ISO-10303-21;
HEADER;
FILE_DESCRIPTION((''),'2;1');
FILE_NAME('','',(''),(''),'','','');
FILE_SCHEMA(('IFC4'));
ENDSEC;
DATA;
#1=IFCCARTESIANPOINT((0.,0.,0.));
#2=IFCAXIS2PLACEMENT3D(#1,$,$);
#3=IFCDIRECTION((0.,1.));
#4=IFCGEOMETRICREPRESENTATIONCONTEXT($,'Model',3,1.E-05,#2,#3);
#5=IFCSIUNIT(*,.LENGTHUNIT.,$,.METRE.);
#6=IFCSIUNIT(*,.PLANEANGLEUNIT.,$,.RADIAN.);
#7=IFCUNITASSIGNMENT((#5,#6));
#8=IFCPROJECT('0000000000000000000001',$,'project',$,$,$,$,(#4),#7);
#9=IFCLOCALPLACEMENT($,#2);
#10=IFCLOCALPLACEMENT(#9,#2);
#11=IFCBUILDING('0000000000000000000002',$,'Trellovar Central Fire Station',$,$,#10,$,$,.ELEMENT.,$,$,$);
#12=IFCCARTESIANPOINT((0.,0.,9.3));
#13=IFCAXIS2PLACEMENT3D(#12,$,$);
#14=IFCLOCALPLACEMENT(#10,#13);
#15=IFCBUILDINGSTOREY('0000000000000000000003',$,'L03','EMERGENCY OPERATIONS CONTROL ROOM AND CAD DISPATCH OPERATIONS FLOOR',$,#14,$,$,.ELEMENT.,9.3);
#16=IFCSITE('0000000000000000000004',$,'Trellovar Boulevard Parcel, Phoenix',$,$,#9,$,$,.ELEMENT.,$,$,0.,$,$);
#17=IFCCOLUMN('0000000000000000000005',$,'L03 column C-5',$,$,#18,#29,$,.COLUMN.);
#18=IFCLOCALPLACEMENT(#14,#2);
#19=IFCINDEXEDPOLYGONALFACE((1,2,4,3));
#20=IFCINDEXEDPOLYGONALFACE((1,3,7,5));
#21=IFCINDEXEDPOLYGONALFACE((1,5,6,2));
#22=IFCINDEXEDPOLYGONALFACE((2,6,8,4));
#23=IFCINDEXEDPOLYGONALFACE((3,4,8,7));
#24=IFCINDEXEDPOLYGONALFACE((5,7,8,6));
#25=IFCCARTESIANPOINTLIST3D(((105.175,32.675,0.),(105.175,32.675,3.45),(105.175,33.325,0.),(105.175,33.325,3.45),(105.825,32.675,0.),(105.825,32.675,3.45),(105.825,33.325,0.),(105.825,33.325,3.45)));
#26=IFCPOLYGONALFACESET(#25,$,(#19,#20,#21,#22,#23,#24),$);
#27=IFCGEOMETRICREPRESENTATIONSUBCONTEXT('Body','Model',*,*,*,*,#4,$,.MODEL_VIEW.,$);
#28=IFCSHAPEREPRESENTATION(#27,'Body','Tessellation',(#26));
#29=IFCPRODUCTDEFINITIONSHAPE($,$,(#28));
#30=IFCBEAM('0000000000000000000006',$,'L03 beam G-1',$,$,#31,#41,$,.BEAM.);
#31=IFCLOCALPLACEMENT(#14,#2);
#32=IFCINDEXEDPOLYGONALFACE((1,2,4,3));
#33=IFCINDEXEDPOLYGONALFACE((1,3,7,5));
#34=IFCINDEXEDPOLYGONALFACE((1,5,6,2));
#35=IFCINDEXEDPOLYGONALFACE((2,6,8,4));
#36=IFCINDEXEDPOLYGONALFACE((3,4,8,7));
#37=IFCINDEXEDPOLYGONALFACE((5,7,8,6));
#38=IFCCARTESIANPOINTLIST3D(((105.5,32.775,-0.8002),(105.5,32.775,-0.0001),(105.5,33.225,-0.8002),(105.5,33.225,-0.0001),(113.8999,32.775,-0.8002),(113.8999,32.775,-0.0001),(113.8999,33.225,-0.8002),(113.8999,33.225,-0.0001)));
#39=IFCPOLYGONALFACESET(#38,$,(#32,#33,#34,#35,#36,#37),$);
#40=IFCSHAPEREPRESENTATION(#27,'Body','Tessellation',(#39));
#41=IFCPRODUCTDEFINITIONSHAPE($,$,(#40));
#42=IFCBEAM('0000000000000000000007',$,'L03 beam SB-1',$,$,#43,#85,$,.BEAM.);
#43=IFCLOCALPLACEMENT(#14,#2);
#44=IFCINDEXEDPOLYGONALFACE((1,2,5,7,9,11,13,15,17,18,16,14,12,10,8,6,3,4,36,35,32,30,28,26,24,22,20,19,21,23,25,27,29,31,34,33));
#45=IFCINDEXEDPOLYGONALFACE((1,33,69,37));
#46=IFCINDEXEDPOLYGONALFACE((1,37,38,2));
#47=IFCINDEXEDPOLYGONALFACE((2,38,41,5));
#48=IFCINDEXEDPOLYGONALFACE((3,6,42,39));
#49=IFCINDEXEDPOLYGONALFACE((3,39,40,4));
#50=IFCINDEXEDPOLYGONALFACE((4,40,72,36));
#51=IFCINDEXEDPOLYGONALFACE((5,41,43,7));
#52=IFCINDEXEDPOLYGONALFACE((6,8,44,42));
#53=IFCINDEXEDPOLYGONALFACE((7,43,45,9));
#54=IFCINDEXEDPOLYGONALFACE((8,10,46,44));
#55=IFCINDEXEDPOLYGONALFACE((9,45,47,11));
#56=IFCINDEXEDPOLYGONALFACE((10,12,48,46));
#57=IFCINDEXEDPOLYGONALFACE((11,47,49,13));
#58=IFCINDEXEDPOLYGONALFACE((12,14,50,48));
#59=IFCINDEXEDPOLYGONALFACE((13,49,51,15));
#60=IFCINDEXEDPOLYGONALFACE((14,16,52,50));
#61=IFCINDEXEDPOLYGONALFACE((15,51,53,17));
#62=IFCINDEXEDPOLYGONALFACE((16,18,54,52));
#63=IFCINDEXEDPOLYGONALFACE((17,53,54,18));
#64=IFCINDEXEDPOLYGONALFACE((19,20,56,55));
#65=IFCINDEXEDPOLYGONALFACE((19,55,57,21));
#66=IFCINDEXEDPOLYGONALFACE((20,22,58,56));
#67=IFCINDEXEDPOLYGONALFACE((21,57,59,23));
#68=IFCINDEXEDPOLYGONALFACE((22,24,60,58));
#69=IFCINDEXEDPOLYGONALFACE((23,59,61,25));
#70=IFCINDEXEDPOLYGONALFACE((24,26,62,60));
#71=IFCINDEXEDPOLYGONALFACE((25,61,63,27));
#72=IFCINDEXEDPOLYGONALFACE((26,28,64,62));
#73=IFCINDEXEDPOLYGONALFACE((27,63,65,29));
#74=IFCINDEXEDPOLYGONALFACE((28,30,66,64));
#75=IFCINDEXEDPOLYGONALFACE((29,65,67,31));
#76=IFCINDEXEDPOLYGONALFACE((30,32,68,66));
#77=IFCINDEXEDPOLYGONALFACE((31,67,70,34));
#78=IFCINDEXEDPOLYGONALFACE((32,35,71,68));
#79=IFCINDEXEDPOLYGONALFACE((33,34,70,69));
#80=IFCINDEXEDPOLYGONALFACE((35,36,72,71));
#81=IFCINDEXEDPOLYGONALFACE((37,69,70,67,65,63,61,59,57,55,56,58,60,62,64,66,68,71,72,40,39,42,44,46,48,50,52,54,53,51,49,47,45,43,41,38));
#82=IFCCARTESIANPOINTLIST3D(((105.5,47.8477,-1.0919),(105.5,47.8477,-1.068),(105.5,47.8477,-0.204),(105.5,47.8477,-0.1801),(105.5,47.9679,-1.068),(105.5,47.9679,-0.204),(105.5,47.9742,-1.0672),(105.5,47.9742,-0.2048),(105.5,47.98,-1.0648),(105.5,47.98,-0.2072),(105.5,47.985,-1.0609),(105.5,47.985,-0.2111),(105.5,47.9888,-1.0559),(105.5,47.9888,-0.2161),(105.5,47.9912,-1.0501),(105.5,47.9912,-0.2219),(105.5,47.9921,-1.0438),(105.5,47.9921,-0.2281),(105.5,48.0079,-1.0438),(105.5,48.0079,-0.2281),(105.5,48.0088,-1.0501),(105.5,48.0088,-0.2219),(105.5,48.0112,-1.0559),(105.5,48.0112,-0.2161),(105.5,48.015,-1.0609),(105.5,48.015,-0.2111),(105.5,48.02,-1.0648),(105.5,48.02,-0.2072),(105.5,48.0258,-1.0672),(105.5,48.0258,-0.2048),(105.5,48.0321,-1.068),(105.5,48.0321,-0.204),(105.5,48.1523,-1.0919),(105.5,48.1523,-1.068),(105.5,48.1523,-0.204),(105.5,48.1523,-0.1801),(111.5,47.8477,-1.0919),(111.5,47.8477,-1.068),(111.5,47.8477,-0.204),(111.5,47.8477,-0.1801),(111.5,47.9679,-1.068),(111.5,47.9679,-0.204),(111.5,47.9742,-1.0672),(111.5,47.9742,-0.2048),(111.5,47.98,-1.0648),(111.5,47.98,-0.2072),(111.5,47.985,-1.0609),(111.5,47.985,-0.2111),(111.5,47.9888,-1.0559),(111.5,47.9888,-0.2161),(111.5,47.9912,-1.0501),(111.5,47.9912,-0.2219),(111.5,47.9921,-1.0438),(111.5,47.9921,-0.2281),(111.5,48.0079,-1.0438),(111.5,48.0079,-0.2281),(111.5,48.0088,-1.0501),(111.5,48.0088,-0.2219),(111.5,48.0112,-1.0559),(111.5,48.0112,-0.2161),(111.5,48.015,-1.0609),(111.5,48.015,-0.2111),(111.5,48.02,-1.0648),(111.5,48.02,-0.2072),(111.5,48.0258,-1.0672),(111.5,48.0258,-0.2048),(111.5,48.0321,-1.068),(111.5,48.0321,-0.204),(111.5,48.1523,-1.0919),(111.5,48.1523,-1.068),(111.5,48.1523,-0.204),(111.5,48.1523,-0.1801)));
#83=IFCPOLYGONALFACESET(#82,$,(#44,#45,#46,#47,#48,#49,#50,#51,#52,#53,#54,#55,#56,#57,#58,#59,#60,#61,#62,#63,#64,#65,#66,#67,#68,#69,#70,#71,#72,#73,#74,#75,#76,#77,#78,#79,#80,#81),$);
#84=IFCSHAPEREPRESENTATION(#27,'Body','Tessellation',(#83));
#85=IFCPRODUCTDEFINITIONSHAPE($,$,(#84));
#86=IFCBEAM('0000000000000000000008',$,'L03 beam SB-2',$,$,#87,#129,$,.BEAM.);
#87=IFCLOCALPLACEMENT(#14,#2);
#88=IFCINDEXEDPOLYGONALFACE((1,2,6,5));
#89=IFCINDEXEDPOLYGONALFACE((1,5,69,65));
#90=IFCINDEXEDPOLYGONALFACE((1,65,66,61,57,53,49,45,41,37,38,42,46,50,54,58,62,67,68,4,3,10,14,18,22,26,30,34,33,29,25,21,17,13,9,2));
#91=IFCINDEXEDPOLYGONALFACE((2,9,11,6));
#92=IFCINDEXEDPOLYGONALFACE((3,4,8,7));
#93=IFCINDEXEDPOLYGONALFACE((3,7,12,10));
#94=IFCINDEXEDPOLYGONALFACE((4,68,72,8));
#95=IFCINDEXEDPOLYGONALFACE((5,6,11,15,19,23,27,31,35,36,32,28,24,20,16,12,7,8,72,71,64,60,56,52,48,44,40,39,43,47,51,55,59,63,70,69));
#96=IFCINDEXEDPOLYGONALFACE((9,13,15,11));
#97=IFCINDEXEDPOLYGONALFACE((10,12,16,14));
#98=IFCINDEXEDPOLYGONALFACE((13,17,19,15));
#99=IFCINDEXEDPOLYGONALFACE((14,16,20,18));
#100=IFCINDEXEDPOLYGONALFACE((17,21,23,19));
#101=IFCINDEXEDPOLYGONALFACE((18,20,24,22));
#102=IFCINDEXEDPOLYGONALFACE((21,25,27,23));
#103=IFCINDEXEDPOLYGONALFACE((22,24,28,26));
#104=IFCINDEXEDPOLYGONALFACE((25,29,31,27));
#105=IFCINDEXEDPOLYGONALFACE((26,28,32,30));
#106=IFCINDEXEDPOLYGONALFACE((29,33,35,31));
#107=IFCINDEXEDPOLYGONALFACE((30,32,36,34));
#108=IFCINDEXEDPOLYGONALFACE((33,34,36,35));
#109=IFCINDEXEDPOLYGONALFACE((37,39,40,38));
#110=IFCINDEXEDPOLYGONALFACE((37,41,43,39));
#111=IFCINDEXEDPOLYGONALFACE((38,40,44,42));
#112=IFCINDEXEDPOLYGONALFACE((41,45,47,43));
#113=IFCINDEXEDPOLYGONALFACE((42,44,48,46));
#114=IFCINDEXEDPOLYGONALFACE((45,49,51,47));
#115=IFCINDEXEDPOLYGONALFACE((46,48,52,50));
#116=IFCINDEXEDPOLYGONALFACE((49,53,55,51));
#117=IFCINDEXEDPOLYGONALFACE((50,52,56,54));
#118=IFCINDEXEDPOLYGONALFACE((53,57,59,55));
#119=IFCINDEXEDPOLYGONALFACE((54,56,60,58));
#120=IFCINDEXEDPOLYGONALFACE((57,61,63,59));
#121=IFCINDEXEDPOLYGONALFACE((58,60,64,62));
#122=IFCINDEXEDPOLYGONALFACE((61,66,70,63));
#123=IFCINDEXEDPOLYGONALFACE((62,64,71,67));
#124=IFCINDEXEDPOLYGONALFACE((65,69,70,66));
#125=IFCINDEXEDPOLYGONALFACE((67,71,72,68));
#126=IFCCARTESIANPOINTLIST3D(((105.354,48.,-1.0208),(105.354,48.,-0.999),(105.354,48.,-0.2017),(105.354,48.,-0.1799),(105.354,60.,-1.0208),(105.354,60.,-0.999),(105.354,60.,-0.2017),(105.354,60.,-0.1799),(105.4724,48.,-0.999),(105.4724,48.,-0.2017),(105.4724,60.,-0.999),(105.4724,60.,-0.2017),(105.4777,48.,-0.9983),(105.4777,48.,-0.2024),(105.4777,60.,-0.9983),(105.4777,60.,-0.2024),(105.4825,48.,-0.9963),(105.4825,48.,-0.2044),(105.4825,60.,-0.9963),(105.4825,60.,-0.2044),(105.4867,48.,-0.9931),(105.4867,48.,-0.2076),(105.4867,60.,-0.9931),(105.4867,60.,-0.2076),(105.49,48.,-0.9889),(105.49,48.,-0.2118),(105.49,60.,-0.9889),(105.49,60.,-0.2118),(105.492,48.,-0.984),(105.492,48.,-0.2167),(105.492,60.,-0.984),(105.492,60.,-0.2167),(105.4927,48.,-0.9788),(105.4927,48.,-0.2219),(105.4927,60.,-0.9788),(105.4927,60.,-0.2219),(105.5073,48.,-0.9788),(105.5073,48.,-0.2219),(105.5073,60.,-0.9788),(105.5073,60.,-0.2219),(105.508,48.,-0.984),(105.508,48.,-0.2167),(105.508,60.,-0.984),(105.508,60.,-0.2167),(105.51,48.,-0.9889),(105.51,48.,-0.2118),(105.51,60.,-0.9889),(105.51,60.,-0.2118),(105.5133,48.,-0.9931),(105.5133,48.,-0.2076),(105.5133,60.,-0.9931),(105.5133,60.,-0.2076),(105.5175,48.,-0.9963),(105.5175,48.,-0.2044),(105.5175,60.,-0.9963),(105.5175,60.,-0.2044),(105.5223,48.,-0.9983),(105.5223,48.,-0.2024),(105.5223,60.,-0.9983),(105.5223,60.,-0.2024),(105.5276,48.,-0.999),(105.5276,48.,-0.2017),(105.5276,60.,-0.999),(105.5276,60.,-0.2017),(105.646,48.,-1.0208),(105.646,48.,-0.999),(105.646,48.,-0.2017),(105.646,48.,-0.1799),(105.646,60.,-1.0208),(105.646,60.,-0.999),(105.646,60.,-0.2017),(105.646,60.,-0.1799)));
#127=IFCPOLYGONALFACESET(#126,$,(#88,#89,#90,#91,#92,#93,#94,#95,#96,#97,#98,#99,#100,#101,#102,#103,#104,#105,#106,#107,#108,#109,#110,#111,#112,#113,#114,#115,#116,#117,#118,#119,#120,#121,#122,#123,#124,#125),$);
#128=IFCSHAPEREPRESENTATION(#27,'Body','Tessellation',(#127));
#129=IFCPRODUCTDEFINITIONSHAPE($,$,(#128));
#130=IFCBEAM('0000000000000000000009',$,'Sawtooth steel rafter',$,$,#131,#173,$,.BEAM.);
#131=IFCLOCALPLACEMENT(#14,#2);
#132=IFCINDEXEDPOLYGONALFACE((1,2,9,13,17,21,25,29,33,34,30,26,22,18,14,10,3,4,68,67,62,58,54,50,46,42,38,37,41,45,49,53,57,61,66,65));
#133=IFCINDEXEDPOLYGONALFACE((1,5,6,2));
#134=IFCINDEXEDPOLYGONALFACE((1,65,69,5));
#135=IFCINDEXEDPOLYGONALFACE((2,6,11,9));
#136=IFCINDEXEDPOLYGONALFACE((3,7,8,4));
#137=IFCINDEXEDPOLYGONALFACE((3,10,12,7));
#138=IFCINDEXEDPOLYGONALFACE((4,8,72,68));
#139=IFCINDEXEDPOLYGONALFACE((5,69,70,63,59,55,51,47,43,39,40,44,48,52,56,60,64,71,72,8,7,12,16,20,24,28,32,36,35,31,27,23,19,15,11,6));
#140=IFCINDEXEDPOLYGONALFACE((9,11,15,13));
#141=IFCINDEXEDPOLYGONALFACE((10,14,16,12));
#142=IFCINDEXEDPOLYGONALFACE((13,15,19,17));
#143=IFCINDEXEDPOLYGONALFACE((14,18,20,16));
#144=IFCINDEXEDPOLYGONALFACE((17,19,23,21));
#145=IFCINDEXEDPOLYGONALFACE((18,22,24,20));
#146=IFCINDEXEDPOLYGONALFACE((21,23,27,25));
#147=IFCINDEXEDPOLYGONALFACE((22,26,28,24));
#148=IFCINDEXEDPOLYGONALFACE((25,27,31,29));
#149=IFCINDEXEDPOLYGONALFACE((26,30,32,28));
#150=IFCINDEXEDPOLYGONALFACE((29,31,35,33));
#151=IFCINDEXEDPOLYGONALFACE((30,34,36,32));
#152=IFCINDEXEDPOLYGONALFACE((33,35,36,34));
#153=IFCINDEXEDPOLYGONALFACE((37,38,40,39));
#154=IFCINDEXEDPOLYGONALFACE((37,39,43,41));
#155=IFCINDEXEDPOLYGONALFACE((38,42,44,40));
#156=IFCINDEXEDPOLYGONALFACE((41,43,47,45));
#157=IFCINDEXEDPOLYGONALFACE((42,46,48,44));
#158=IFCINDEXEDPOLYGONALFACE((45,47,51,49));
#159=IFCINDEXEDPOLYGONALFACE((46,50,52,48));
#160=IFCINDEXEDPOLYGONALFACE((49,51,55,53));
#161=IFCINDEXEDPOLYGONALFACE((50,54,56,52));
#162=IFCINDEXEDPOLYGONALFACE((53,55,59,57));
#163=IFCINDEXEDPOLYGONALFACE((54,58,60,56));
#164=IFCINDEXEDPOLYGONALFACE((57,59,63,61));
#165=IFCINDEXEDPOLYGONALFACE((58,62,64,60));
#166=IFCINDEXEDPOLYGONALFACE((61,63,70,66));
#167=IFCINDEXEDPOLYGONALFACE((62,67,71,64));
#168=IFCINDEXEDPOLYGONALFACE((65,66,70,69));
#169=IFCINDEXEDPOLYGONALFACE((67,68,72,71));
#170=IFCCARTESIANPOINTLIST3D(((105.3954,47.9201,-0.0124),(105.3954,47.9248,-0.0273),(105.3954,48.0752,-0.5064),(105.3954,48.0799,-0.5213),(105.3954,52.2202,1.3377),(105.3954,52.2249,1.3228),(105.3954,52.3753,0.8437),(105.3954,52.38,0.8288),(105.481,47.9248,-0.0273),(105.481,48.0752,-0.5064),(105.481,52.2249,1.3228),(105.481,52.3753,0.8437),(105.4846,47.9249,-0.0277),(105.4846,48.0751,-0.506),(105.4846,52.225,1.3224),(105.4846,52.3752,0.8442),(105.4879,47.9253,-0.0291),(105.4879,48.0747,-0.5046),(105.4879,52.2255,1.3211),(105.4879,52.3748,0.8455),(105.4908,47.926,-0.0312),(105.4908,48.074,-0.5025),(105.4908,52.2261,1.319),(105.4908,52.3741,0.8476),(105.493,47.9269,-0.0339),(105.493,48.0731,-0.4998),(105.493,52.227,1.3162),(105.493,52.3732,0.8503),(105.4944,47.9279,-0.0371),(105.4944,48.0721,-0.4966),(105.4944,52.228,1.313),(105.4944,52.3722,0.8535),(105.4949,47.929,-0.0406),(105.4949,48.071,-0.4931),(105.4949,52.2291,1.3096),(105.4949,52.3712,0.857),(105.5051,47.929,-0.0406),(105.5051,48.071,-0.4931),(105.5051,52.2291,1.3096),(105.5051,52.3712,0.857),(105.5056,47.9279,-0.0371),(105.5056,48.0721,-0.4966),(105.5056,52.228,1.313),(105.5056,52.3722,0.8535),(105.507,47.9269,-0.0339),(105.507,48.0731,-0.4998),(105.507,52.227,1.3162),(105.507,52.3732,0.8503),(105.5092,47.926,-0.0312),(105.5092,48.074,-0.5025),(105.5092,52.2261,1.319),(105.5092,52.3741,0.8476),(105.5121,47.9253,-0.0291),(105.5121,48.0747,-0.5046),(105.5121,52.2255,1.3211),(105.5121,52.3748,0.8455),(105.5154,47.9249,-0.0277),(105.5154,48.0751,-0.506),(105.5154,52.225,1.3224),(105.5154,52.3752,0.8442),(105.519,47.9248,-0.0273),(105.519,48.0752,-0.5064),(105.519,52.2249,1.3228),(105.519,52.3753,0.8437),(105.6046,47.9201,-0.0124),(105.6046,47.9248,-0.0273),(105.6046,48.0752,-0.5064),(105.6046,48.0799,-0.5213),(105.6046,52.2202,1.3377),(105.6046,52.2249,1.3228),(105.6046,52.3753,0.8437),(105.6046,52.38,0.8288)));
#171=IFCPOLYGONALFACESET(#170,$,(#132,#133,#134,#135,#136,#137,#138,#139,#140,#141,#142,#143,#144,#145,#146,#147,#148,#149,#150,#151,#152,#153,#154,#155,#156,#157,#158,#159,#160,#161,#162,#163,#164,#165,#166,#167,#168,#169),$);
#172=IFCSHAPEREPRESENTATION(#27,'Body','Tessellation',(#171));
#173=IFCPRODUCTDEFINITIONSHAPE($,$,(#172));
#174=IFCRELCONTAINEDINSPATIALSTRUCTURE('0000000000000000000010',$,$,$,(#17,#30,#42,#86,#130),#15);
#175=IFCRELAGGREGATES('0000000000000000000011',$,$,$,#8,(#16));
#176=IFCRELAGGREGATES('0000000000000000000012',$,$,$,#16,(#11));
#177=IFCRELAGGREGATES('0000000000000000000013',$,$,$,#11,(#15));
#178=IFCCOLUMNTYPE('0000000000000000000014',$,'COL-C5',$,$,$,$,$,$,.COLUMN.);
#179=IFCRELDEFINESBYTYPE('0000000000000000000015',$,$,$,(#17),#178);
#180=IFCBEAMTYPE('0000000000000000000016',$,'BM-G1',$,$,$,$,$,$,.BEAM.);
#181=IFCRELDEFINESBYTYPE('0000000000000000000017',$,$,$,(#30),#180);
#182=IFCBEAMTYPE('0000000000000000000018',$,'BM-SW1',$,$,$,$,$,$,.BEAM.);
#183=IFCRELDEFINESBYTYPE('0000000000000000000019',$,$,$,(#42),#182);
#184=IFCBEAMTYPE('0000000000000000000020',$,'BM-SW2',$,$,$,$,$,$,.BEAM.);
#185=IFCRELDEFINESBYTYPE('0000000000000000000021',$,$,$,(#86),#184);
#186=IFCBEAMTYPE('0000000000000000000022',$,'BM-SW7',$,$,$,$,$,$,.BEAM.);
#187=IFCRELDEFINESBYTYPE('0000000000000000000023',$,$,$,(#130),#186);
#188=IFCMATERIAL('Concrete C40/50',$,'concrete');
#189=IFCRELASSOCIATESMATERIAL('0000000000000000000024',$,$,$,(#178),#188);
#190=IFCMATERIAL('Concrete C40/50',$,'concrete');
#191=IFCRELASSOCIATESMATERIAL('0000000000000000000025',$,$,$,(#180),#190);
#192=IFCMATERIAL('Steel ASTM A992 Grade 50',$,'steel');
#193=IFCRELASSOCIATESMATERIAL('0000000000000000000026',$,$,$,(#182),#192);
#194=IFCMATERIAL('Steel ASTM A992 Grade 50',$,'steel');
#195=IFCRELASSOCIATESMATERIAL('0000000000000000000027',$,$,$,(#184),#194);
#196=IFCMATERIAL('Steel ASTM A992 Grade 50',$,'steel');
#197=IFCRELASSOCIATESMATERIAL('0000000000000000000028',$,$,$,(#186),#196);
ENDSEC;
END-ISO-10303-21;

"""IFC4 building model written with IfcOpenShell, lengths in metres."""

from ifc_helpers import new_model, si_unit, direction, frame, origin, origin_2d, place, context, subcontext, project, spatial, rectangle, i_section, extrude, material, material_profile, profile_set, type_object, element, save


model = new_model("IFC4")

# Units and contexts
model_context = context("Model", 3, precision=1e-05, world=origin(), true_north=direction((0.0, 1.0)))
body_context = subcontext(model_context, "Body", "Model", "MODEL_VIEW")
ifc_project = project(units=[si_unit("LENGTHUNIT", "METRE"), si_unit("PLANEANGLEUNIT", "RADIAN")], contexts=[model_context])

# Site, building, storey
site_placement = place(None, origin())
site = spatial("IfcSite", under=ifc_project, at=site_placement, Name="Trellovar Boulevard Parcel, Phoenix", CompositionType="ELEMENT", RefElevation=0.0)
building_placement = place(site_placement, origin())
building = spatial("IfcBuilding", under=site, at=building_placement, Name="Trellovar Central Fire Station", CompositionType="ELEMENT")
storey_placement = place(building_placement, frame((0.0, 0.0, 9.3)))
storey = spatial("IfcBuildingStorey", under=building, at=storey_placement, Name="L03", Description="EMERGENCY OPERATIONS CONTROL ROOM AND CAD DISPATCH OPERATIONS FLOOR", CompositionType="ELEMENT", Elevation=9.3)

# Column
ifc_material_1 = material(Name="Concrete C40/50", Category="concrete")
ifc_material_profile_1 = material_profile(ifc_material_1, rectangle(XDim=0.6499, YDim=0.6499, at=origin_2d()), Name="RC650X650")
ifc_profile_set_1 = profile_set([ifc_material_profile_1], Name="Concrete C40/50")
column_type = type_object("IfcColumnType", Name="COL-C5", PredefinedType="COLUMN", material=ifc_profile_set_1)
column_placement = place(storey_placement, frame((105.5, 33.0, 0.0), z_axis=(0.0, 0.0, 1.0), x_axis=(1.0, 0.0, 0.0)))
element("IfcColumn", 1, at=column_placement, inside=storey, type_object=column_type, Name="L03 column C-5", PredefinedType="COLUMN", context=body_context, shape_type="SweptSolid", body=[
    extrude(rectangle(XDim=0.6499, YDim=0.6499, at=origin_2d()), origin(), (0.0, 0.0, 1.0), 3.45),
])

# Beams
ifc_material_2 = material(Name="Concrete C40/50", Category="concrete")
ifc_material_profile_2 = material_profile(ifc_material_2, rectangle(XDim=0.45, YDim=0.8, at=origin_2d()), Name="RC450X800")
ifc_profile_set_2 = profile_set([ifc_material_profile_2], Name="Concrete C40/50")
beam_type_1 = type_object("IfcBeamType", Name="BM-G1", PredefinedType="BEAM", material=ifc_profile_set_2)
beam_1_placement = place(storey_placement, frame((105.5, 33.0, -0.4001), z_axis=(1.0, 0.0, 0.0), x_axis=(0.0, 1.0, 0.0)))
element("IfcBeam", 2, at=beam_1_placement, inside=storey, type_object=beam_type_1, Name="L03 beam G-1", PredefinedType="BEAM", context=body_context, shape_type="SweptSolid", body=[
    extrude(rectangle(XDim=0.45, YDim=0.8, at=origin_2d()), origin(), (0.0, 0.0, 1.0), 8.3999),
])
ifc_material_3 = material(Name="Steel ASTM A992 Grade 50", Category="steel")
ifc_material_profile_3 = material_profile(ifc_material_3, i_section(OverallWidth=0.3047, OverallDepth=0.9119, WebThickness=0.0159, FlangeThickness=0.0239, FilletRadius=0.0242, at=origin_2d()), Name="W36X150")
ifc_profile_set_3 = profile_set([ifc_material_profile_3], Name="Steel ASTM A992 Grade 50")
beam_type_2 = type_object("IfcBeamType", Name="BM-SW1", PredefinedType="BEAM", material=ifc_profile_set_3)
beam_2_placement = place(storey_placement, frame((105.5, 48.0, -0.636), z_axis=(1.0, 0.0, 0.0), x_axis=(0.0, 1.0, 0.0)))
element("IfcBeam", 3, at=beam_2_placement, inside=storey, type_object=beam_type_2, Name="L03 beam SB-1", PredefinedType="BEAM", context=body_context, shape_type="SweptSolid", body=[
    extrude(i_section(OverallWidth=0.3047, OverallDepth=0.9119, WebThickness=0.0159, FlangeThickness=0.0239, FilletRadius=0.0242, at=origin_2d()), origin(), (0.0, 0.0, 1.0), 6.0),
])
ifc_material_4 = material(Name="Steel ASTM A992 Grade 50", Category="steel")
ifc_material_profile_4 = material_profile(ifc_material_4, i_section(OverallWidth=0.292, OverallDepth=0.8408, WebThickness=0.0146, FlangeThickness=0.0217, FilletRadius=0.0203, at=origin_2d()), Name="W33X130")
ifc_profile_set_4 = profile_set([ifc_material_profile_4], Name="Steel ASTM A992 Grade 50")
beam_type_3 = type_object("IfcBeamType", Name="BM-SW2", PredefinedType="BEAM", material=ifc_profile_set_4)
beam_3_placement = place(storey_placement, frame((105.5, 48.0, -0.6003), z_axis=(0.0, 1.0, 0.0), x_axis=(-1.0, 0.0, 0.0)))
element("IfcBeam", 4, at=beam_3_placement, inside=storey, type_object=beam_type_3, Name="L03 beam SB-2", PredefinedType="BEAM", context=body_context, shape_type="SweptSolid", body=[
    extrude(i_section(OverallWidth=0.292, OverallDepth=0.8408, WebThickness=0.0146, FlangeThickness=0.0217, FilletRadius=0.0203, at=origin_2d()), origin(), (0.0, 0.0, 1.0), 12.0),
])
ifc_material_5 = material(Name="Steel ASTM A992 Grade 50", Category="steel")
ifc_material_profile_5 = material_profile(ifc_material_5, i_section(OverallWidth=0.2092, OverallDepth=0.5334, WebThickness=0.0103, FlangeThickness=0.0156, FilletRadius=0.0139, at=origin_2d()), Name="W21X62")
ifc_profile_set_5 = profile_set([ifc_material_profile_5], Name="Steel ASTM A992 Grade 50")
beam_type_4 = type_object("IfcBeamType", Name="BM-SW7", PredefinedType="BEAM", material=ifc_profile_set_5)
beam_4_placement = place(storey_placement, frame((105.5, 48.0, -0.2668), z_axis=(0.0, 0.954079, 0.299555), x_axis=(-1.0, 0.0, 0.0)))
element("IfcBeam", 5, at=beam_4_placement, inside=storey, type_object=beam_type_4, Name="Sawtooth steel rafter", PredefinedType="BEAM", context=body_context, shape_type="SweptSolid", body=[
    extrude(i_section(OverallWidth=0.2092, OverallDepth=0.5334, WebThickness=0.0103, FlangeThickness=0.0156, FilletRadius=0.0139, at=origin_2d()), origin(), (0.0, 0.0, 1.0), 4.5071),
])

save(model, "model.ifc")
